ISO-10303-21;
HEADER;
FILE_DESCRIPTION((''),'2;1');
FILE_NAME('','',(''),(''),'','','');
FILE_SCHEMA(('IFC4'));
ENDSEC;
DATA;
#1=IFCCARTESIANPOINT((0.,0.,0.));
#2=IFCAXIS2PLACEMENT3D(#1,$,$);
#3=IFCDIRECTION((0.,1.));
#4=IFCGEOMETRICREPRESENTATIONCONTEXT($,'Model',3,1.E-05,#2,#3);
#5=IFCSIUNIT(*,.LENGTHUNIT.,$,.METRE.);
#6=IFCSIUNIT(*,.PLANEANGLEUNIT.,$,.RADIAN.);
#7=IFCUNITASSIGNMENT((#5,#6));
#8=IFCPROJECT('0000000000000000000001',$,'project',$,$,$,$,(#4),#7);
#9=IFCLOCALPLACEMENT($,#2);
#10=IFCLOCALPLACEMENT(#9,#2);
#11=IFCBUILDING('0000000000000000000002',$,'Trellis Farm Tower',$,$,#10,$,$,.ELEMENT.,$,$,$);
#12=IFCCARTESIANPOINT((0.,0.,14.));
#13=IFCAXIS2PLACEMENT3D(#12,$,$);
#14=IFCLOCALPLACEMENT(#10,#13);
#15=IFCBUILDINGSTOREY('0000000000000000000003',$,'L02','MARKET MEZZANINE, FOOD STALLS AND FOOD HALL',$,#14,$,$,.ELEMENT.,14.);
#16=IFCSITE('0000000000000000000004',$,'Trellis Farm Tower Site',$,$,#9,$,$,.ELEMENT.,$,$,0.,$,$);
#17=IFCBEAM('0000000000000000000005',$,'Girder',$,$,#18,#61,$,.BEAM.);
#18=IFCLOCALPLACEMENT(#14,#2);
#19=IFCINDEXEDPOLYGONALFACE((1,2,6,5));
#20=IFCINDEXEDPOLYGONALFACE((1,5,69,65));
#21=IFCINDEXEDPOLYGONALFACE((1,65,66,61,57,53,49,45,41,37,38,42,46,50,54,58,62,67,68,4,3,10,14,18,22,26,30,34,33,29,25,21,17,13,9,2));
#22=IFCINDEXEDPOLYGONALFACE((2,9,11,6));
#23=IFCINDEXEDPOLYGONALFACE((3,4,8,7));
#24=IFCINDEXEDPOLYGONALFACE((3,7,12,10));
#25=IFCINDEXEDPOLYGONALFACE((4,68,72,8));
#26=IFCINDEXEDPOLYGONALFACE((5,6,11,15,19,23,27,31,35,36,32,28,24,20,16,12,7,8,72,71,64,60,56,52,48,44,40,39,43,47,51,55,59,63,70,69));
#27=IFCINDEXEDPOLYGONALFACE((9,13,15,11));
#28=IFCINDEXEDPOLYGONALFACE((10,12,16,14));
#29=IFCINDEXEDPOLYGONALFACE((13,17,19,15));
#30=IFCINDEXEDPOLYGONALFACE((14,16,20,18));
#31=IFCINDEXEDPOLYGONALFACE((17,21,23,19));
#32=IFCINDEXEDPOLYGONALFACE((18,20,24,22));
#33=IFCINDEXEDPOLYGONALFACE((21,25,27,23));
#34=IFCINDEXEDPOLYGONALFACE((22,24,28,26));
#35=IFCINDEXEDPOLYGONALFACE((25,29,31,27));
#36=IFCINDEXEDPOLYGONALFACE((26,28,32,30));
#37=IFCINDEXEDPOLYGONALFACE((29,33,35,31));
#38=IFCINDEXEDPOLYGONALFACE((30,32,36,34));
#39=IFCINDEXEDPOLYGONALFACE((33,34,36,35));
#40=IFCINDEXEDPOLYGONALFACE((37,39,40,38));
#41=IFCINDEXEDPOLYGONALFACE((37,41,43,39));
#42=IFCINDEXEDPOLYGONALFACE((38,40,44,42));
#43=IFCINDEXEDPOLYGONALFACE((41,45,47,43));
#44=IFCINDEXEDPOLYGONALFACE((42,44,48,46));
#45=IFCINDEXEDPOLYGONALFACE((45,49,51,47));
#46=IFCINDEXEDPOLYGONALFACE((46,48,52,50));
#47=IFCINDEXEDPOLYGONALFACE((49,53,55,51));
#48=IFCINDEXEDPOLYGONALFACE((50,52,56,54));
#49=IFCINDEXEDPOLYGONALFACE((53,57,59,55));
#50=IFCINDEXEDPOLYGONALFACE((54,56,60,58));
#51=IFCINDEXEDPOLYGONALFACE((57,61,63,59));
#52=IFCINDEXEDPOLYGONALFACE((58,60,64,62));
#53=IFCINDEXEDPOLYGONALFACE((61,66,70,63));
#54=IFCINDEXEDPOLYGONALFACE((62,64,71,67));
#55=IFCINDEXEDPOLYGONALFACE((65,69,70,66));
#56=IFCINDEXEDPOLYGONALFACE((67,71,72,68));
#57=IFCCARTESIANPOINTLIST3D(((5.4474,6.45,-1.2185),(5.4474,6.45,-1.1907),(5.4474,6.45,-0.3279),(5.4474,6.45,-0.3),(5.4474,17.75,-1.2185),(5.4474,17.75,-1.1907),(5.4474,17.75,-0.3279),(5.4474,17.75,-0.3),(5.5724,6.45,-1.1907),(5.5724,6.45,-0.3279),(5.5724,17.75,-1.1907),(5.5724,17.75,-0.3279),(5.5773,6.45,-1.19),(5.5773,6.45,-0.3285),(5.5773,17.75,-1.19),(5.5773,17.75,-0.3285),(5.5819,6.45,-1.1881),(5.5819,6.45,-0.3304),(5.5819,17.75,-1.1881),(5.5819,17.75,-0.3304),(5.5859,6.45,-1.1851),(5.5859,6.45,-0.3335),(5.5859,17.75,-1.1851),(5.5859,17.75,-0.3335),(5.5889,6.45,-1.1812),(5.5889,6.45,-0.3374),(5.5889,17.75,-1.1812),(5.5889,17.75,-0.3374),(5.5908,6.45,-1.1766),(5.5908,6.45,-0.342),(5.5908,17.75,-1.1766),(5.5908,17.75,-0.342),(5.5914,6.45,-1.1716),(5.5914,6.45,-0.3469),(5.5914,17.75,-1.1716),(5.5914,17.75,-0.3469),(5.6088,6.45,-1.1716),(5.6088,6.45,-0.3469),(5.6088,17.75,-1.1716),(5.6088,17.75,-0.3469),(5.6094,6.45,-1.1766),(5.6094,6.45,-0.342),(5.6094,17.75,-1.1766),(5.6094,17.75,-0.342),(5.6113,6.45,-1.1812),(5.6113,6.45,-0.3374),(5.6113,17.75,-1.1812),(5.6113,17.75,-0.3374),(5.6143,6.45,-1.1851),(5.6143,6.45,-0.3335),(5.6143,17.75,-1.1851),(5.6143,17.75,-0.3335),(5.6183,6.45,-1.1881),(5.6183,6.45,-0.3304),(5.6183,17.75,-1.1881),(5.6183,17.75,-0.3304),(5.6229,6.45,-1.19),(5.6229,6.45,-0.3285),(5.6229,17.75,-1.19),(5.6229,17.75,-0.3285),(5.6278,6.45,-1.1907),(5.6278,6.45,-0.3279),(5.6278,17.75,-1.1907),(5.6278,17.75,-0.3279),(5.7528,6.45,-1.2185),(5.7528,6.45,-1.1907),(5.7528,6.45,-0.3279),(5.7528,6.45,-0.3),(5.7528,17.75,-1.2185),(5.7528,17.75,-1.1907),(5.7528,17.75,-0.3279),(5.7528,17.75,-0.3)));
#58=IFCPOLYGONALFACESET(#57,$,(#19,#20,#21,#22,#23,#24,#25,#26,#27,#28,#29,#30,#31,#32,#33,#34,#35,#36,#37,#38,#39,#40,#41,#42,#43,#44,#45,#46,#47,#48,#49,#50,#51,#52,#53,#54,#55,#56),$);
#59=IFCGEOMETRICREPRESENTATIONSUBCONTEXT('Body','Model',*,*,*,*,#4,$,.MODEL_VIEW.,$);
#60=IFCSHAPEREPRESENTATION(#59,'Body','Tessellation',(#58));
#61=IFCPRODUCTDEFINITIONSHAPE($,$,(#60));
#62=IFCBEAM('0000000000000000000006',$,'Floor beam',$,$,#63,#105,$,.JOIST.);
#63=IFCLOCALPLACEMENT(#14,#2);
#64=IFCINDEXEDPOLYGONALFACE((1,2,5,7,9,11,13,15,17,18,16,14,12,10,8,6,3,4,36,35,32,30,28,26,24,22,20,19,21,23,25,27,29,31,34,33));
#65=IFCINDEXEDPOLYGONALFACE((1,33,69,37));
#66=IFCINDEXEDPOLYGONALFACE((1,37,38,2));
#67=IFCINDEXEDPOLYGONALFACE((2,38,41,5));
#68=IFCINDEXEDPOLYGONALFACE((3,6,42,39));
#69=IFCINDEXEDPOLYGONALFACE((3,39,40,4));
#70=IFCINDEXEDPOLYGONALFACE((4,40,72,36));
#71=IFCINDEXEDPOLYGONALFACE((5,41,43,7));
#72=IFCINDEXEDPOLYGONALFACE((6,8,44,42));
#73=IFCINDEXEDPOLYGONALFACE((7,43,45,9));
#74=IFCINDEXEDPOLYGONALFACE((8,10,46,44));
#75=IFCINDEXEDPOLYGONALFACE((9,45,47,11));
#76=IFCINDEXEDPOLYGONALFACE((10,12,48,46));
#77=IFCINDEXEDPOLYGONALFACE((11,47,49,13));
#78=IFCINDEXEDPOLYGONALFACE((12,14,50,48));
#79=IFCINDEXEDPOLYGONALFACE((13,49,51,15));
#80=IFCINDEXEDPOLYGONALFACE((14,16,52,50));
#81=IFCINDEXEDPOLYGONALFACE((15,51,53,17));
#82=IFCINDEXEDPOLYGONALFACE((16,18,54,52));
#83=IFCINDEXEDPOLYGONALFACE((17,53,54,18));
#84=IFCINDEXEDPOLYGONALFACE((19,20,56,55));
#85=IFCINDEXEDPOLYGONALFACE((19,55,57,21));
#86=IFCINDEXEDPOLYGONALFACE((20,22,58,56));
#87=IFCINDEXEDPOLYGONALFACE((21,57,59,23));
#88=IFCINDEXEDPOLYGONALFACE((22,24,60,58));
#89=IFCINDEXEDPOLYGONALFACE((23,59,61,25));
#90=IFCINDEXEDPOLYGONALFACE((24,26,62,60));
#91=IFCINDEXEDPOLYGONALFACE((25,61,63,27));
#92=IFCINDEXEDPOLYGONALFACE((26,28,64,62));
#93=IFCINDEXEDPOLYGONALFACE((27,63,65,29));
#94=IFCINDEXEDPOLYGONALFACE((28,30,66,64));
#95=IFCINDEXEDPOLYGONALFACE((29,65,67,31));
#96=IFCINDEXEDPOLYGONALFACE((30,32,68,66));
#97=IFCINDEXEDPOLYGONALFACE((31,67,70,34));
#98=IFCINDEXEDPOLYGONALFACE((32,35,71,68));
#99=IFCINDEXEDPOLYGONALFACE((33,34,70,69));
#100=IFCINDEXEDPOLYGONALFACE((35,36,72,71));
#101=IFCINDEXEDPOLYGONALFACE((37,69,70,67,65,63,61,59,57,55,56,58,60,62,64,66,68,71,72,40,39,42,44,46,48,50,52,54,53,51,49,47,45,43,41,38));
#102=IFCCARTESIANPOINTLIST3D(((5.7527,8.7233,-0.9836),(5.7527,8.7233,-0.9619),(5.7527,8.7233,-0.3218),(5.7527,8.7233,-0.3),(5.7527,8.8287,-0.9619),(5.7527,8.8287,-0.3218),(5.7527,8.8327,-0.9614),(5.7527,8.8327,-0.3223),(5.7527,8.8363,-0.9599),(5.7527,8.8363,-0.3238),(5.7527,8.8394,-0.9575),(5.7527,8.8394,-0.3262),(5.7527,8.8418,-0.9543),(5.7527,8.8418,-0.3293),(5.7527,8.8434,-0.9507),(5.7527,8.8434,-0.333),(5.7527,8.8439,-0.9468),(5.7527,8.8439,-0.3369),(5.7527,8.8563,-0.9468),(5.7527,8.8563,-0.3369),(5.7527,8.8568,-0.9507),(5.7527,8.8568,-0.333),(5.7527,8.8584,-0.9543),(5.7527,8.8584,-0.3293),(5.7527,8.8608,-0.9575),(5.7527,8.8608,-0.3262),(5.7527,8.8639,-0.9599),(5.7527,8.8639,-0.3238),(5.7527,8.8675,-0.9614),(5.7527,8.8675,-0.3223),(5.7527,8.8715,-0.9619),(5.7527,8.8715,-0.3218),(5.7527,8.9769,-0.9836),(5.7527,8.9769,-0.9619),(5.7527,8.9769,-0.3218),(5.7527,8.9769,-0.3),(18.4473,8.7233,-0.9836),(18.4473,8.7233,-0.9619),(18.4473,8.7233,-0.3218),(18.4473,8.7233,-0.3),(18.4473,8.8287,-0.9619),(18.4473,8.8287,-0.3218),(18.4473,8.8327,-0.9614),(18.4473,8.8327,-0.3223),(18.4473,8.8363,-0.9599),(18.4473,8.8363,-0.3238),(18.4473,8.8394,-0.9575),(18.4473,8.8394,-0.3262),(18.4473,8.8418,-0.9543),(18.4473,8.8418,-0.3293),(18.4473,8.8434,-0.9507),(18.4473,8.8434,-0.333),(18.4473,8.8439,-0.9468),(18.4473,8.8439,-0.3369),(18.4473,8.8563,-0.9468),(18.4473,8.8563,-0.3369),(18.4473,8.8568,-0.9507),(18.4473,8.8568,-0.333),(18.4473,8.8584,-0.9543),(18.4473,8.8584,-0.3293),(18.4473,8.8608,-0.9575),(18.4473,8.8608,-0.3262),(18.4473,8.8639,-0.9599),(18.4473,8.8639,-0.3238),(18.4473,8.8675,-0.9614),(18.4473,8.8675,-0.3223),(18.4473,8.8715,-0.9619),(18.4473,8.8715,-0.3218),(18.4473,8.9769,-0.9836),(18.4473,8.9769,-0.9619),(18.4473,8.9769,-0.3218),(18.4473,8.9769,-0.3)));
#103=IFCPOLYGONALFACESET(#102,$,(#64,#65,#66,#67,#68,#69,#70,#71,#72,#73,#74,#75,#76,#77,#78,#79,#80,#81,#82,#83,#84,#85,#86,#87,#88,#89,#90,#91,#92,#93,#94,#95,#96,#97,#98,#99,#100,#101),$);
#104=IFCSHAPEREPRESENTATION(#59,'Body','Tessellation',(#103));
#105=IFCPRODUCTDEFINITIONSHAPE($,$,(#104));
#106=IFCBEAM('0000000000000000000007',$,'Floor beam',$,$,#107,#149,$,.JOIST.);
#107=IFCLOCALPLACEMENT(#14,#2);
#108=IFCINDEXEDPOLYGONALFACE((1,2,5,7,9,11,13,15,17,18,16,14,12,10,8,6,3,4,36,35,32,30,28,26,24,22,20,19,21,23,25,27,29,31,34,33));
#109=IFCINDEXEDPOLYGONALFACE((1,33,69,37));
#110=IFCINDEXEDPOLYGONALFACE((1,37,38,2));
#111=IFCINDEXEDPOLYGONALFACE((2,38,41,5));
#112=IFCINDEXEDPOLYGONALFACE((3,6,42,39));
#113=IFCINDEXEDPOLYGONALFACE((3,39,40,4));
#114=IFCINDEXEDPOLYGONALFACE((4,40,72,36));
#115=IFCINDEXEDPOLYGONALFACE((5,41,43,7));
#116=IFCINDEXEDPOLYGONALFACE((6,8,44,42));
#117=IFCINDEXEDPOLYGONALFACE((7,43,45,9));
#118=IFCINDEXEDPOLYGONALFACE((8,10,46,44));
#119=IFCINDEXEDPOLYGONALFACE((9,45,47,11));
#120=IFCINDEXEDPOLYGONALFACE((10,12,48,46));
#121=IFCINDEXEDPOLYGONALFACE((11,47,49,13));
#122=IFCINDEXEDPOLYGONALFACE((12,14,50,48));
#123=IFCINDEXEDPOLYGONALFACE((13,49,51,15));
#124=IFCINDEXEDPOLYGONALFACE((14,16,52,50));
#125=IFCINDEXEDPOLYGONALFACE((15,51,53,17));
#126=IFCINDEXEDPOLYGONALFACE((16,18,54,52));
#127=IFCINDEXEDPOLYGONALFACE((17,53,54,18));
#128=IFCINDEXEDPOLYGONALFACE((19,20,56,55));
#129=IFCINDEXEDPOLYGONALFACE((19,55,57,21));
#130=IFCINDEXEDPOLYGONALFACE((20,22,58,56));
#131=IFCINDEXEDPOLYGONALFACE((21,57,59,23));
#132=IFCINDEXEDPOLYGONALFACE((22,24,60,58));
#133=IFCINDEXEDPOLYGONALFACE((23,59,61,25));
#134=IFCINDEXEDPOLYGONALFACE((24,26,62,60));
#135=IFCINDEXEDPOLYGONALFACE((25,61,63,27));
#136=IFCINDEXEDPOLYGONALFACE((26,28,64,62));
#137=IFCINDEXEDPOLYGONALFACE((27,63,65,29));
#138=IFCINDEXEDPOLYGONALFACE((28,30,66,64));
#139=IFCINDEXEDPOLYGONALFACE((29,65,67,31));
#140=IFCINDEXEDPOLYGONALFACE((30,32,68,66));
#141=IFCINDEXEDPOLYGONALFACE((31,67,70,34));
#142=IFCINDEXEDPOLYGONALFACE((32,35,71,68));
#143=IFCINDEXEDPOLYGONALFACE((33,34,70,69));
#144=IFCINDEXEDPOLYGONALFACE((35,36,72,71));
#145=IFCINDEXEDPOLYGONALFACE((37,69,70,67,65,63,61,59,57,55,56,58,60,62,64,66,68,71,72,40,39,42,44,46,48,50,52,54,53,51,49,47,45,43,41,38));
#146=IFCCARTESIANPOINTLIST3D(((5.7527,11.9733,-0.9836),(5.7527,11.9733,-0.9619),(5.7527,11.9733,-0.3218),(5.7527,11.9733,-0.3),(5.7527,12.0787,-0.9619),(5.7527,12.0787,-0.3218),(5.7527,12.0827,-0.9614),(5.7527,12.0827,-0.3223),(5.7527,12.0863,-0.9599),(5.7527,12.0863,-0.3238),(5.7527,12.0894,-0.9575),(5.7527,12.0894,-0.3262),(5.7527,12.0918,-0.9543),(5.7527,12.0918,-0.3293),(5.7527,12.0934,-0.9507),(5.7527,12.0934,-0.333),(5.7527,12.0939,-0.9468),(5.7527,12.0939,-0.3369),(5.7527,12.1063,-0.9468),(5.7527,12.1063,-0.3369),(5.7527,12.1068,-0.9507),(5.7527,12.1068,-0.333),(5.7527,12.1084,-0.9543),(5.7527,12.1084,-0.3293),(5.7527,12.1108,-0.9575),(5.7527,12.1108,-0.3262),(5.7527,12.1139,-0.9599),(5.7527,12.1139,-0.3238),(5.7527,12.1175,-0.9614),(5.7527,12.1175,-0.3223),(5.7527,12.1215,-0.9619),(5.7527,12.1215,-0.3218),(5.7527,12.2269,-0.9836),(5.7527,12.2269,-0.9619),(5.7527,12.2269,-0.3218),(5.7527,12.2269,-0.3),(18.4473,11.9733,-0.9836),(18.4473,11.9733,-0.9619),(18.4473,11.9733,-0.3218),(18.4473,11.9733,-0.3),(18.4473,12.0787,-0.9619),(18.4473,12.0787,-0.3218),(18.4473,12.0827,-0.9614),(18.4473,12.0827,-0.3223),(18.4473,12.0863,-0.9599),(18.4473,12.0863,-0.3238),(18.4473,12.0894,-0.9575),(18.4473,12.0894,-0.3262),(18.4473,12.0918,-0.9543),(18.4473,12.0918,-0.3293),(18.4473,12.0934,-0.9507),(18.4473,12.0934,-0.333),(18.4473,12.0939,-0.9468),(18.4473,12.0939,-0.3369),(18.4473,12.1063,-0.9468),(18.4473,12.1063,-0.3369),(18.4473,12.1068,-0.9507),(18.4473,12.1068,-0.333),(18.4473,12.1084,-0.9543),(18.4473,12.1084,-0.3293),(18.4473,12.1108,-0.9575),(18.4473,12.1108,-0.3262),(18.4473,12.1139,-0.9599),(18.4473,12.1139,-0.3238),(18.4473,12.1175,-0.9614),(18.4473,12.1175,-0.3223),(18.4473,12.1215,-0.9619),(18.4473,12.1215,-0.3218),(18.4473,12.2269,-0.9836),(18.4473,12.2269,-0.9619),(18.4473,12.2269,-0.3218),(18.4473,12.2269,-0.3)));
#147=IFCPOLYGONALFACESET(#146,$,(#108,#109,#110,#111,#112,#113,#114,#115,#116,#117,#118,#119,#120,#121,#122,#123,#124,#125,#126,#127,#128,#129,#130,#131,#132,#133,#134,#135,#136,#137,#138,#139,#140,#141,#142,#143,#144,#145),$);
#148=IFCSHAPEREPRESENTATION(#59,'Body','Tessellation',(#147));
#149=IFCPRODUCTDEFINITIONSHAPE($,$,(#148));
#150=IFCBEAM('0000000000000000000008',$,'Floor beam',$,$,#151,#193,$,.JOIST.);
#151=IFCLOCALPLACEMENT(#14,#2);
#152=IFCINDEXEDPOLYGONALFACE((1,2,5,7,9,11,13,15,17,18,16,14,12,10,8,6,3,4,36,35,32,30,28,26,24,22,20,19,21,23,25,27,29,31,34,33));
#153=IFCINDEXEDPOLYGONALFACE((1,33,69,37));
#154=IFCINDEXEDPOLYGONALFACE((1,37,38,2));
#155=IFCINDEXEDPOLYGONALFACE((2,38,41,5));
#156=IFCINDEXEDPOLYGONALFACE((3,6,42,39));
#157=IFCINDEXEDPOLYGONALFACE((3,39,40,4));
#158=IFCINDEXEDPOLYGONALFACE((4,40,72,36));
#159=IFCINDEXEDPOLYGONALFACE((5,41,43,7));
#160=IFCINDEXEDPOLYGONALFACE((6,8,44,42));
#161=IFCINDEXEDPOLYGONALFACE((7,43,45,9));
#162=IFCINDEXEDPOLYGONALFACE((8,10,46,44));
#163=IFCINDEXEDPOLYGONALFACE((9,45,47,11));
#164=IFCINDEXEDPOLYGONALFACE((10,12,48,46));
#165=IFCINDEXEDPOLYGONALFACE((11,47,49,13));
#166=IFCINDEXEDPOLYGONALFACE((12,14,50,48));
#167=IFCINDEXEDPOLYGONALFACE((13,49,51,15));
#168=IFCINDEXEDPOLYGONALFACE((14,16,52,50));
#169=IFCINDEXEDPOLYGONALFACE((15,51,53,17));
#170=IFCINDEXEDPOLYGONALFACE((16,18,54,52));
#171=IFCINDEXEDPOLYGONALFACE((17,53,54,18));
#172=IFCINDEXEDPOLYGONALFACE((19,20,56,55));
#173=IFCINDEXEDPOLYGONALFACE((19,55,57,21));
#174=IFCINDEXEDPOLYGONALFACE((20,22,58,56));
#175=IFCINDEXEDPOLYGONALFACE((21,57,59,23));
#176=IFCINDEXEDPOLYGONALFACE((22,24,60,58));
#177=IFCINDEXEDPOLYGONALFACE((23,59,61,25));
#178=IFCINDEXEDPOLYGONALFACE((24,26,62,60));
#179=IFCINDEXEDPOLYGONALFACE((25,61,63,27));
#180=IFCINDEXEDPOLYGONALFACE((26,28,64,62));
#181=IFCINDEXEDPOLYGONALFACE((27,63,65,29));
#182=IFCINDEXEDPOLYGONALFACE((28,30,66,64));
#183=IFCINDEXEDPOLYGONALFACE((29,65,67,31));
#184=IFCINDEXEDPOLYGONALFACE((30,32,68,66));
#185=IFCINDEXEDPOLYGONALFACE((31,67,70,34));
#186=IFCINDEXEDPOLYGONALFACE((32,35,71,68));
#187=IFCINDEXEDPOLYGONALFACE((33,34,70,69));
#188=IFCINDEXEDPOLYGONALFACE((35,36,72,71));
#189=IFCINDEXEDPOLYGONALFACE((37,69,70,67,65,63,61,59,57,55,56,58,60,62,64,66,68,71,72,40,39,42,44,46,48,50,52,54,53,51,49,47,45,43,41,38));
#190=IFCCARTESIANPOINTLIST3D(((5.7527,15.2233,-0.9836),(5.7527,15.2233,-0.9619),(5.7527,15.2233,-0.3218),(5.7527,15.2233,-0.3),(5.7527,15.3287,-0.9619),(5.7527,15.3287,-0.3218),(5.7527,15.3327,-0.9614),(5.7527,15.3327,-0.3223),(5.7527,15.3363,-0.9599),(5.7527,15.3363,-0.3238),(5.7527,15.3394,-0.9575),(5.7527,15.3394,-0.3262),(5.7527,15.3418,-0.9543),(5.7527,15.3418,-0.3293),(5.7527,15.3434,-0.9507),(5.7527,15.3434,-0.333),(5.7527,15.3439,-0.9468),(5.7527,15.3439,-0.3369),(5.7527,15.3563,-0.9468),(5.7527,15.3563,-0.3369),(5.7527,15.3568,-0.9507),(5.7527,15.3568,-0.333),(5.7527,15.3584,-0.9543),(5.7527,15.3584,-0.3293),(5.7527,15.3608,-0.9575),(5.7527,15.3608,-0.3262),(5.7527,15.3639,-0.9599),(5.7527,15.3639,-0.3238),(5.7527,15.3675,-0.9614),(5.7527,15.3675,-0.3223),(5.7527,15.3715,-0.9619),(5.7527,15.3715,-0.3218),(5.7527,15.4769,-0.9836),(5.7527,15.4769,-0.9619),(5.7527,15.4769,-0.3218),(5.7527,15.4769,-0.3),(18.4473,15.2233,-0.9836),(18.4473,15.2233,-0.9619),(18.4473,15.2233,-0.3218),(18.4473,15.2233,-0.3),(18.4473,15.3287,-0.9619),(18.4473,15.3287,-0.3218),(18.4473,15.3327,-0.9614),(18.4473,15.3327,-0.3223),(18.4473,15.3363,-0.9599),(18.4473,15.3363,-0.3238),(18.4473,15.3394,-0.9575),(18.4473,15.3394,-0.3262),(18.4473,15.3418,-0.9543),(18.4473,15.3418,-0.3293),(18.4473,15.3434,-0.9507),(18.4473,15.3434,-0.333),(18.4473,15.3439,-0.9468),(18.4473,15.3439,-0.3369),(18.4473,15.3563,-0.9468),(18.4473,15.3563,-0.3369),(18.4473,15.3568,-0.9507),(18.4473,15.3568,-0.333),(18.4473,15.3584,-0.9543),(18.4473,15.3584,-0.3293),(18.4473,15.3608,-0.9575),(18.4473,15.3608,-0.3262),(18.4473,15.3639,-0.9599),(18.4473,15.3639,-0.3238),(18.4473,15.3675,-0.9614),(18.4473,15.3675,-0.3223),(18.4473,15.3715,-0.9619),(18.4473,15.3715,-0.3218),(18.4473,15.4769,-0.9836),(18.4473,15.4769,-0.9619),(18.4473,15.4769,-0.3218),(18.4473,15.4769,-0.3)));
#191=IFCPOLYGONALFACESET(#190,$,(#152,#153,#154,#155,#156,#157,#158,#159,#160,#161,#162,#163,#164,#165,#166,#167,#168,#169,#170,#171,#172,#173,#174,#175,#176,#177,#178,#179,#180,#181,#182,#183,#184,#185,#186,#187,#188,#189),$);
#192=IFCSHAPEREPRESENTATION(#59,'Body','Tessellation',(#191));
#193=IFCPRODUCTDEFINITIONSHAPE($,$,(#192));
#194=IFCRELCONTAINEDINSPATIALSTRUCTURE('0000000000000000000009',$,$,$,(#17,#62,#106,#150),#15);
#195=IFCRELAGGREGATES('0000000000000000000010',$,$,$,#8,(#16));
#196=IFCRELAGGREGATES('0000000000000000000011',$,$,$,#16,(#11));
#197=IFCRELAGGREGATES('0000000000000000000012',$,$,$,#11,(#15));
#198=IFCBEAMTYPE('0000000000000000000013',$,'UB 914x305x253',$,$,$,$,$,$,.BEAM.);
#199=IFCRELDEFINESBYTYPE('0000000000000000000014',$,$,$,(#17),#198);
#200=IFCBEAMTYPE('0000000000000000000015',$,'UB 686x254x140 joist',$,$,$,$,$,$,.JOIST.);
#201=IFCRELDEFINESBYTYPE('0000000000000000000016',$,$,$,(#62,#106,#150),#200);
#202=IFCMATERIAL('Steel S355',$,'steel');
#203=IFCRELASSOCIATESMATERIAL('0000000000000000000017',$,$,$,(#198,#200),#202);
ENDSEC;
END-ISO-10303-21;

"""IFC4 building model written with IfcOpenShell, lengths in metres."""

from ifc_helpers import new_model, si_unit, direction, frame, origin, origin_2d, place, context, subcontext, project, spatial, i_section, extrude, source, transform, mapped, material, material_profile, profile_set, type_object, element, save


model = new_model("IFC4")

# Units and contexts
model_context = context("Model", 3, precision=1e-05, world=origin(), true_north=direction((0.0, 1.0)))
body_context = subcontext(model_context, "Body", "Model", "MODEL_VIEW")
ifc_project = project(units=[si_unit("LENGTHUNIT", "METRE"), si_unit("PLANEANGLEUNIT", "RADIAN")], contexts=[model_context])

# Site, building, storey
site_placement = place(None, origin())
site = spatial("IfcSite", under=ifc_project, at=site_placement, Name="Trellis Farm Tower Site", CompositionType="ELEMENT", RefElevation=0.0)
building_placement = place(site_placement, origin())
building = spatial("IfcBuilding", under=site, at=building_placement, Name="Trellis Farm Tower", CompositionType="ELEMENT")
storey_placement = place(building_placement, frame((0.0, 0.0, 14.0)))
storey = spatial("IfcBuildingStorey", under=building, at=storey_placement, Name="L02", Description="MARKET MEZZANINE, FOOD STALLS AND FOOD HALL", CompositionType="ELEMENT", Elevation=14.0)

# Beams
ifc_material_1 = material(Name="Steel S355", Category="steel")
ifc_material_profile_1 = material_profile(ifc_material_1, i_section(OverallWidth=0.3054, OverallDepth=0.9185, WebThickness=0.0173, FlangeThickness=0.0278, FilletRadius=0.019, at=origin_2d()), Name="UB 914x305x253")
ifc_profile_set_1 = profile_set([ifc_material_profile_1], Name="Steel S355")
beam_type_1 = type_object("IfcBeamType", Name="UB 914x305x253", PredefinedType="BEAM", material=ifc_profile_set_1)
shared_shape_1 = source(origin(), body_context, "Body", "SweptSolid", [
    extrude(i_section(OverallWidth=0.3054, OverallDepth=0.9185, WebThickness=0.0173, FlangeThickness=0.0278, FilletRadius=0.019, at=origin_2d()), origin(), (0.0, 0.0, 1.0), 11.3),
])
for number, where, z_axis, x_axis, name in (
    (1, (5.6001, 6.45, -0.7593), (0.0, 1.0, 0.0), (-1.0, 0.0, 0.0), "Girder"),
):
    element("IfcBeam", number, at=place(storey_placement, frame(where, z_axis=z_axis, x_axis=x_axis)), inside=storey, type_object=beam_type_1, Name=name, PredefinedType="BEAM", context=body_context, shape_type="MappedRepresentation", body=[
        mapped(shared_shape_1, transform((0.0, 0.0, 0.0))),
    ])
ifc_material_profile_2 = material_profile(ifc_material_1, i_section(OverallWidth=0.2537, OverallDepth=0.6836, WebThickness=0.0125, FlangeThickness=0.0217, FilletRadius=0.0151, at=origin_2d()), Name="UB 686x254x140")
ifc_profile_set_2 = profile_set([ifc_material_profile_2], Name="Steel S355")
beam_type_2 = type_object("IfcBeamType", Name="UB 686x254x140 joist", PredefinedType="JOIST", material=ifc_profile_set_2)
shared_shape_2 = source(origin(), body_context, "Body", "SweptSolid", [
    extrude(i_section(OverallWidth=0.2537, OverallDepth=0.6836, WebThickness=0.0125, FlangeThickness=0.0217, FilletRadius=0.0151, at=origin_2d()), origin(), (0.0, 0.0, 1.0), 12.6946),
])
for number, where, z_axis, x_axis, name in (
    (2, (5.7527, 8.8501, -0.6418), (1.0, 0.0, 0.0), (0.0, 1.0, 0.0), "Floor beam"),
    (3, (5.7527, 12.1001, -0.6418), (1.0, 0.0, 0.0), (0.0, 1.0, 0.0), "Floor beam"),
    (4, (5.7527, 15.3501, -0.6418), (1.0, 0.0, 0.0), (0.0, 1.0, 0.0), "Floor beam"),
):
    element("IfcBeam", number, at=place(storey_placement, frame(where, z_axis=z_axis, x_axis=x_axis)), inside=storey, type_object=beam_type_2, Name=name, PredefinedType="JOIST", context=body_context, shape_type="MappedRepresentation", body=[
        mapped(shared_shape_2, transform((0.0, 0.0, 0.0))),
    ])

save(model, "model.ifc")
